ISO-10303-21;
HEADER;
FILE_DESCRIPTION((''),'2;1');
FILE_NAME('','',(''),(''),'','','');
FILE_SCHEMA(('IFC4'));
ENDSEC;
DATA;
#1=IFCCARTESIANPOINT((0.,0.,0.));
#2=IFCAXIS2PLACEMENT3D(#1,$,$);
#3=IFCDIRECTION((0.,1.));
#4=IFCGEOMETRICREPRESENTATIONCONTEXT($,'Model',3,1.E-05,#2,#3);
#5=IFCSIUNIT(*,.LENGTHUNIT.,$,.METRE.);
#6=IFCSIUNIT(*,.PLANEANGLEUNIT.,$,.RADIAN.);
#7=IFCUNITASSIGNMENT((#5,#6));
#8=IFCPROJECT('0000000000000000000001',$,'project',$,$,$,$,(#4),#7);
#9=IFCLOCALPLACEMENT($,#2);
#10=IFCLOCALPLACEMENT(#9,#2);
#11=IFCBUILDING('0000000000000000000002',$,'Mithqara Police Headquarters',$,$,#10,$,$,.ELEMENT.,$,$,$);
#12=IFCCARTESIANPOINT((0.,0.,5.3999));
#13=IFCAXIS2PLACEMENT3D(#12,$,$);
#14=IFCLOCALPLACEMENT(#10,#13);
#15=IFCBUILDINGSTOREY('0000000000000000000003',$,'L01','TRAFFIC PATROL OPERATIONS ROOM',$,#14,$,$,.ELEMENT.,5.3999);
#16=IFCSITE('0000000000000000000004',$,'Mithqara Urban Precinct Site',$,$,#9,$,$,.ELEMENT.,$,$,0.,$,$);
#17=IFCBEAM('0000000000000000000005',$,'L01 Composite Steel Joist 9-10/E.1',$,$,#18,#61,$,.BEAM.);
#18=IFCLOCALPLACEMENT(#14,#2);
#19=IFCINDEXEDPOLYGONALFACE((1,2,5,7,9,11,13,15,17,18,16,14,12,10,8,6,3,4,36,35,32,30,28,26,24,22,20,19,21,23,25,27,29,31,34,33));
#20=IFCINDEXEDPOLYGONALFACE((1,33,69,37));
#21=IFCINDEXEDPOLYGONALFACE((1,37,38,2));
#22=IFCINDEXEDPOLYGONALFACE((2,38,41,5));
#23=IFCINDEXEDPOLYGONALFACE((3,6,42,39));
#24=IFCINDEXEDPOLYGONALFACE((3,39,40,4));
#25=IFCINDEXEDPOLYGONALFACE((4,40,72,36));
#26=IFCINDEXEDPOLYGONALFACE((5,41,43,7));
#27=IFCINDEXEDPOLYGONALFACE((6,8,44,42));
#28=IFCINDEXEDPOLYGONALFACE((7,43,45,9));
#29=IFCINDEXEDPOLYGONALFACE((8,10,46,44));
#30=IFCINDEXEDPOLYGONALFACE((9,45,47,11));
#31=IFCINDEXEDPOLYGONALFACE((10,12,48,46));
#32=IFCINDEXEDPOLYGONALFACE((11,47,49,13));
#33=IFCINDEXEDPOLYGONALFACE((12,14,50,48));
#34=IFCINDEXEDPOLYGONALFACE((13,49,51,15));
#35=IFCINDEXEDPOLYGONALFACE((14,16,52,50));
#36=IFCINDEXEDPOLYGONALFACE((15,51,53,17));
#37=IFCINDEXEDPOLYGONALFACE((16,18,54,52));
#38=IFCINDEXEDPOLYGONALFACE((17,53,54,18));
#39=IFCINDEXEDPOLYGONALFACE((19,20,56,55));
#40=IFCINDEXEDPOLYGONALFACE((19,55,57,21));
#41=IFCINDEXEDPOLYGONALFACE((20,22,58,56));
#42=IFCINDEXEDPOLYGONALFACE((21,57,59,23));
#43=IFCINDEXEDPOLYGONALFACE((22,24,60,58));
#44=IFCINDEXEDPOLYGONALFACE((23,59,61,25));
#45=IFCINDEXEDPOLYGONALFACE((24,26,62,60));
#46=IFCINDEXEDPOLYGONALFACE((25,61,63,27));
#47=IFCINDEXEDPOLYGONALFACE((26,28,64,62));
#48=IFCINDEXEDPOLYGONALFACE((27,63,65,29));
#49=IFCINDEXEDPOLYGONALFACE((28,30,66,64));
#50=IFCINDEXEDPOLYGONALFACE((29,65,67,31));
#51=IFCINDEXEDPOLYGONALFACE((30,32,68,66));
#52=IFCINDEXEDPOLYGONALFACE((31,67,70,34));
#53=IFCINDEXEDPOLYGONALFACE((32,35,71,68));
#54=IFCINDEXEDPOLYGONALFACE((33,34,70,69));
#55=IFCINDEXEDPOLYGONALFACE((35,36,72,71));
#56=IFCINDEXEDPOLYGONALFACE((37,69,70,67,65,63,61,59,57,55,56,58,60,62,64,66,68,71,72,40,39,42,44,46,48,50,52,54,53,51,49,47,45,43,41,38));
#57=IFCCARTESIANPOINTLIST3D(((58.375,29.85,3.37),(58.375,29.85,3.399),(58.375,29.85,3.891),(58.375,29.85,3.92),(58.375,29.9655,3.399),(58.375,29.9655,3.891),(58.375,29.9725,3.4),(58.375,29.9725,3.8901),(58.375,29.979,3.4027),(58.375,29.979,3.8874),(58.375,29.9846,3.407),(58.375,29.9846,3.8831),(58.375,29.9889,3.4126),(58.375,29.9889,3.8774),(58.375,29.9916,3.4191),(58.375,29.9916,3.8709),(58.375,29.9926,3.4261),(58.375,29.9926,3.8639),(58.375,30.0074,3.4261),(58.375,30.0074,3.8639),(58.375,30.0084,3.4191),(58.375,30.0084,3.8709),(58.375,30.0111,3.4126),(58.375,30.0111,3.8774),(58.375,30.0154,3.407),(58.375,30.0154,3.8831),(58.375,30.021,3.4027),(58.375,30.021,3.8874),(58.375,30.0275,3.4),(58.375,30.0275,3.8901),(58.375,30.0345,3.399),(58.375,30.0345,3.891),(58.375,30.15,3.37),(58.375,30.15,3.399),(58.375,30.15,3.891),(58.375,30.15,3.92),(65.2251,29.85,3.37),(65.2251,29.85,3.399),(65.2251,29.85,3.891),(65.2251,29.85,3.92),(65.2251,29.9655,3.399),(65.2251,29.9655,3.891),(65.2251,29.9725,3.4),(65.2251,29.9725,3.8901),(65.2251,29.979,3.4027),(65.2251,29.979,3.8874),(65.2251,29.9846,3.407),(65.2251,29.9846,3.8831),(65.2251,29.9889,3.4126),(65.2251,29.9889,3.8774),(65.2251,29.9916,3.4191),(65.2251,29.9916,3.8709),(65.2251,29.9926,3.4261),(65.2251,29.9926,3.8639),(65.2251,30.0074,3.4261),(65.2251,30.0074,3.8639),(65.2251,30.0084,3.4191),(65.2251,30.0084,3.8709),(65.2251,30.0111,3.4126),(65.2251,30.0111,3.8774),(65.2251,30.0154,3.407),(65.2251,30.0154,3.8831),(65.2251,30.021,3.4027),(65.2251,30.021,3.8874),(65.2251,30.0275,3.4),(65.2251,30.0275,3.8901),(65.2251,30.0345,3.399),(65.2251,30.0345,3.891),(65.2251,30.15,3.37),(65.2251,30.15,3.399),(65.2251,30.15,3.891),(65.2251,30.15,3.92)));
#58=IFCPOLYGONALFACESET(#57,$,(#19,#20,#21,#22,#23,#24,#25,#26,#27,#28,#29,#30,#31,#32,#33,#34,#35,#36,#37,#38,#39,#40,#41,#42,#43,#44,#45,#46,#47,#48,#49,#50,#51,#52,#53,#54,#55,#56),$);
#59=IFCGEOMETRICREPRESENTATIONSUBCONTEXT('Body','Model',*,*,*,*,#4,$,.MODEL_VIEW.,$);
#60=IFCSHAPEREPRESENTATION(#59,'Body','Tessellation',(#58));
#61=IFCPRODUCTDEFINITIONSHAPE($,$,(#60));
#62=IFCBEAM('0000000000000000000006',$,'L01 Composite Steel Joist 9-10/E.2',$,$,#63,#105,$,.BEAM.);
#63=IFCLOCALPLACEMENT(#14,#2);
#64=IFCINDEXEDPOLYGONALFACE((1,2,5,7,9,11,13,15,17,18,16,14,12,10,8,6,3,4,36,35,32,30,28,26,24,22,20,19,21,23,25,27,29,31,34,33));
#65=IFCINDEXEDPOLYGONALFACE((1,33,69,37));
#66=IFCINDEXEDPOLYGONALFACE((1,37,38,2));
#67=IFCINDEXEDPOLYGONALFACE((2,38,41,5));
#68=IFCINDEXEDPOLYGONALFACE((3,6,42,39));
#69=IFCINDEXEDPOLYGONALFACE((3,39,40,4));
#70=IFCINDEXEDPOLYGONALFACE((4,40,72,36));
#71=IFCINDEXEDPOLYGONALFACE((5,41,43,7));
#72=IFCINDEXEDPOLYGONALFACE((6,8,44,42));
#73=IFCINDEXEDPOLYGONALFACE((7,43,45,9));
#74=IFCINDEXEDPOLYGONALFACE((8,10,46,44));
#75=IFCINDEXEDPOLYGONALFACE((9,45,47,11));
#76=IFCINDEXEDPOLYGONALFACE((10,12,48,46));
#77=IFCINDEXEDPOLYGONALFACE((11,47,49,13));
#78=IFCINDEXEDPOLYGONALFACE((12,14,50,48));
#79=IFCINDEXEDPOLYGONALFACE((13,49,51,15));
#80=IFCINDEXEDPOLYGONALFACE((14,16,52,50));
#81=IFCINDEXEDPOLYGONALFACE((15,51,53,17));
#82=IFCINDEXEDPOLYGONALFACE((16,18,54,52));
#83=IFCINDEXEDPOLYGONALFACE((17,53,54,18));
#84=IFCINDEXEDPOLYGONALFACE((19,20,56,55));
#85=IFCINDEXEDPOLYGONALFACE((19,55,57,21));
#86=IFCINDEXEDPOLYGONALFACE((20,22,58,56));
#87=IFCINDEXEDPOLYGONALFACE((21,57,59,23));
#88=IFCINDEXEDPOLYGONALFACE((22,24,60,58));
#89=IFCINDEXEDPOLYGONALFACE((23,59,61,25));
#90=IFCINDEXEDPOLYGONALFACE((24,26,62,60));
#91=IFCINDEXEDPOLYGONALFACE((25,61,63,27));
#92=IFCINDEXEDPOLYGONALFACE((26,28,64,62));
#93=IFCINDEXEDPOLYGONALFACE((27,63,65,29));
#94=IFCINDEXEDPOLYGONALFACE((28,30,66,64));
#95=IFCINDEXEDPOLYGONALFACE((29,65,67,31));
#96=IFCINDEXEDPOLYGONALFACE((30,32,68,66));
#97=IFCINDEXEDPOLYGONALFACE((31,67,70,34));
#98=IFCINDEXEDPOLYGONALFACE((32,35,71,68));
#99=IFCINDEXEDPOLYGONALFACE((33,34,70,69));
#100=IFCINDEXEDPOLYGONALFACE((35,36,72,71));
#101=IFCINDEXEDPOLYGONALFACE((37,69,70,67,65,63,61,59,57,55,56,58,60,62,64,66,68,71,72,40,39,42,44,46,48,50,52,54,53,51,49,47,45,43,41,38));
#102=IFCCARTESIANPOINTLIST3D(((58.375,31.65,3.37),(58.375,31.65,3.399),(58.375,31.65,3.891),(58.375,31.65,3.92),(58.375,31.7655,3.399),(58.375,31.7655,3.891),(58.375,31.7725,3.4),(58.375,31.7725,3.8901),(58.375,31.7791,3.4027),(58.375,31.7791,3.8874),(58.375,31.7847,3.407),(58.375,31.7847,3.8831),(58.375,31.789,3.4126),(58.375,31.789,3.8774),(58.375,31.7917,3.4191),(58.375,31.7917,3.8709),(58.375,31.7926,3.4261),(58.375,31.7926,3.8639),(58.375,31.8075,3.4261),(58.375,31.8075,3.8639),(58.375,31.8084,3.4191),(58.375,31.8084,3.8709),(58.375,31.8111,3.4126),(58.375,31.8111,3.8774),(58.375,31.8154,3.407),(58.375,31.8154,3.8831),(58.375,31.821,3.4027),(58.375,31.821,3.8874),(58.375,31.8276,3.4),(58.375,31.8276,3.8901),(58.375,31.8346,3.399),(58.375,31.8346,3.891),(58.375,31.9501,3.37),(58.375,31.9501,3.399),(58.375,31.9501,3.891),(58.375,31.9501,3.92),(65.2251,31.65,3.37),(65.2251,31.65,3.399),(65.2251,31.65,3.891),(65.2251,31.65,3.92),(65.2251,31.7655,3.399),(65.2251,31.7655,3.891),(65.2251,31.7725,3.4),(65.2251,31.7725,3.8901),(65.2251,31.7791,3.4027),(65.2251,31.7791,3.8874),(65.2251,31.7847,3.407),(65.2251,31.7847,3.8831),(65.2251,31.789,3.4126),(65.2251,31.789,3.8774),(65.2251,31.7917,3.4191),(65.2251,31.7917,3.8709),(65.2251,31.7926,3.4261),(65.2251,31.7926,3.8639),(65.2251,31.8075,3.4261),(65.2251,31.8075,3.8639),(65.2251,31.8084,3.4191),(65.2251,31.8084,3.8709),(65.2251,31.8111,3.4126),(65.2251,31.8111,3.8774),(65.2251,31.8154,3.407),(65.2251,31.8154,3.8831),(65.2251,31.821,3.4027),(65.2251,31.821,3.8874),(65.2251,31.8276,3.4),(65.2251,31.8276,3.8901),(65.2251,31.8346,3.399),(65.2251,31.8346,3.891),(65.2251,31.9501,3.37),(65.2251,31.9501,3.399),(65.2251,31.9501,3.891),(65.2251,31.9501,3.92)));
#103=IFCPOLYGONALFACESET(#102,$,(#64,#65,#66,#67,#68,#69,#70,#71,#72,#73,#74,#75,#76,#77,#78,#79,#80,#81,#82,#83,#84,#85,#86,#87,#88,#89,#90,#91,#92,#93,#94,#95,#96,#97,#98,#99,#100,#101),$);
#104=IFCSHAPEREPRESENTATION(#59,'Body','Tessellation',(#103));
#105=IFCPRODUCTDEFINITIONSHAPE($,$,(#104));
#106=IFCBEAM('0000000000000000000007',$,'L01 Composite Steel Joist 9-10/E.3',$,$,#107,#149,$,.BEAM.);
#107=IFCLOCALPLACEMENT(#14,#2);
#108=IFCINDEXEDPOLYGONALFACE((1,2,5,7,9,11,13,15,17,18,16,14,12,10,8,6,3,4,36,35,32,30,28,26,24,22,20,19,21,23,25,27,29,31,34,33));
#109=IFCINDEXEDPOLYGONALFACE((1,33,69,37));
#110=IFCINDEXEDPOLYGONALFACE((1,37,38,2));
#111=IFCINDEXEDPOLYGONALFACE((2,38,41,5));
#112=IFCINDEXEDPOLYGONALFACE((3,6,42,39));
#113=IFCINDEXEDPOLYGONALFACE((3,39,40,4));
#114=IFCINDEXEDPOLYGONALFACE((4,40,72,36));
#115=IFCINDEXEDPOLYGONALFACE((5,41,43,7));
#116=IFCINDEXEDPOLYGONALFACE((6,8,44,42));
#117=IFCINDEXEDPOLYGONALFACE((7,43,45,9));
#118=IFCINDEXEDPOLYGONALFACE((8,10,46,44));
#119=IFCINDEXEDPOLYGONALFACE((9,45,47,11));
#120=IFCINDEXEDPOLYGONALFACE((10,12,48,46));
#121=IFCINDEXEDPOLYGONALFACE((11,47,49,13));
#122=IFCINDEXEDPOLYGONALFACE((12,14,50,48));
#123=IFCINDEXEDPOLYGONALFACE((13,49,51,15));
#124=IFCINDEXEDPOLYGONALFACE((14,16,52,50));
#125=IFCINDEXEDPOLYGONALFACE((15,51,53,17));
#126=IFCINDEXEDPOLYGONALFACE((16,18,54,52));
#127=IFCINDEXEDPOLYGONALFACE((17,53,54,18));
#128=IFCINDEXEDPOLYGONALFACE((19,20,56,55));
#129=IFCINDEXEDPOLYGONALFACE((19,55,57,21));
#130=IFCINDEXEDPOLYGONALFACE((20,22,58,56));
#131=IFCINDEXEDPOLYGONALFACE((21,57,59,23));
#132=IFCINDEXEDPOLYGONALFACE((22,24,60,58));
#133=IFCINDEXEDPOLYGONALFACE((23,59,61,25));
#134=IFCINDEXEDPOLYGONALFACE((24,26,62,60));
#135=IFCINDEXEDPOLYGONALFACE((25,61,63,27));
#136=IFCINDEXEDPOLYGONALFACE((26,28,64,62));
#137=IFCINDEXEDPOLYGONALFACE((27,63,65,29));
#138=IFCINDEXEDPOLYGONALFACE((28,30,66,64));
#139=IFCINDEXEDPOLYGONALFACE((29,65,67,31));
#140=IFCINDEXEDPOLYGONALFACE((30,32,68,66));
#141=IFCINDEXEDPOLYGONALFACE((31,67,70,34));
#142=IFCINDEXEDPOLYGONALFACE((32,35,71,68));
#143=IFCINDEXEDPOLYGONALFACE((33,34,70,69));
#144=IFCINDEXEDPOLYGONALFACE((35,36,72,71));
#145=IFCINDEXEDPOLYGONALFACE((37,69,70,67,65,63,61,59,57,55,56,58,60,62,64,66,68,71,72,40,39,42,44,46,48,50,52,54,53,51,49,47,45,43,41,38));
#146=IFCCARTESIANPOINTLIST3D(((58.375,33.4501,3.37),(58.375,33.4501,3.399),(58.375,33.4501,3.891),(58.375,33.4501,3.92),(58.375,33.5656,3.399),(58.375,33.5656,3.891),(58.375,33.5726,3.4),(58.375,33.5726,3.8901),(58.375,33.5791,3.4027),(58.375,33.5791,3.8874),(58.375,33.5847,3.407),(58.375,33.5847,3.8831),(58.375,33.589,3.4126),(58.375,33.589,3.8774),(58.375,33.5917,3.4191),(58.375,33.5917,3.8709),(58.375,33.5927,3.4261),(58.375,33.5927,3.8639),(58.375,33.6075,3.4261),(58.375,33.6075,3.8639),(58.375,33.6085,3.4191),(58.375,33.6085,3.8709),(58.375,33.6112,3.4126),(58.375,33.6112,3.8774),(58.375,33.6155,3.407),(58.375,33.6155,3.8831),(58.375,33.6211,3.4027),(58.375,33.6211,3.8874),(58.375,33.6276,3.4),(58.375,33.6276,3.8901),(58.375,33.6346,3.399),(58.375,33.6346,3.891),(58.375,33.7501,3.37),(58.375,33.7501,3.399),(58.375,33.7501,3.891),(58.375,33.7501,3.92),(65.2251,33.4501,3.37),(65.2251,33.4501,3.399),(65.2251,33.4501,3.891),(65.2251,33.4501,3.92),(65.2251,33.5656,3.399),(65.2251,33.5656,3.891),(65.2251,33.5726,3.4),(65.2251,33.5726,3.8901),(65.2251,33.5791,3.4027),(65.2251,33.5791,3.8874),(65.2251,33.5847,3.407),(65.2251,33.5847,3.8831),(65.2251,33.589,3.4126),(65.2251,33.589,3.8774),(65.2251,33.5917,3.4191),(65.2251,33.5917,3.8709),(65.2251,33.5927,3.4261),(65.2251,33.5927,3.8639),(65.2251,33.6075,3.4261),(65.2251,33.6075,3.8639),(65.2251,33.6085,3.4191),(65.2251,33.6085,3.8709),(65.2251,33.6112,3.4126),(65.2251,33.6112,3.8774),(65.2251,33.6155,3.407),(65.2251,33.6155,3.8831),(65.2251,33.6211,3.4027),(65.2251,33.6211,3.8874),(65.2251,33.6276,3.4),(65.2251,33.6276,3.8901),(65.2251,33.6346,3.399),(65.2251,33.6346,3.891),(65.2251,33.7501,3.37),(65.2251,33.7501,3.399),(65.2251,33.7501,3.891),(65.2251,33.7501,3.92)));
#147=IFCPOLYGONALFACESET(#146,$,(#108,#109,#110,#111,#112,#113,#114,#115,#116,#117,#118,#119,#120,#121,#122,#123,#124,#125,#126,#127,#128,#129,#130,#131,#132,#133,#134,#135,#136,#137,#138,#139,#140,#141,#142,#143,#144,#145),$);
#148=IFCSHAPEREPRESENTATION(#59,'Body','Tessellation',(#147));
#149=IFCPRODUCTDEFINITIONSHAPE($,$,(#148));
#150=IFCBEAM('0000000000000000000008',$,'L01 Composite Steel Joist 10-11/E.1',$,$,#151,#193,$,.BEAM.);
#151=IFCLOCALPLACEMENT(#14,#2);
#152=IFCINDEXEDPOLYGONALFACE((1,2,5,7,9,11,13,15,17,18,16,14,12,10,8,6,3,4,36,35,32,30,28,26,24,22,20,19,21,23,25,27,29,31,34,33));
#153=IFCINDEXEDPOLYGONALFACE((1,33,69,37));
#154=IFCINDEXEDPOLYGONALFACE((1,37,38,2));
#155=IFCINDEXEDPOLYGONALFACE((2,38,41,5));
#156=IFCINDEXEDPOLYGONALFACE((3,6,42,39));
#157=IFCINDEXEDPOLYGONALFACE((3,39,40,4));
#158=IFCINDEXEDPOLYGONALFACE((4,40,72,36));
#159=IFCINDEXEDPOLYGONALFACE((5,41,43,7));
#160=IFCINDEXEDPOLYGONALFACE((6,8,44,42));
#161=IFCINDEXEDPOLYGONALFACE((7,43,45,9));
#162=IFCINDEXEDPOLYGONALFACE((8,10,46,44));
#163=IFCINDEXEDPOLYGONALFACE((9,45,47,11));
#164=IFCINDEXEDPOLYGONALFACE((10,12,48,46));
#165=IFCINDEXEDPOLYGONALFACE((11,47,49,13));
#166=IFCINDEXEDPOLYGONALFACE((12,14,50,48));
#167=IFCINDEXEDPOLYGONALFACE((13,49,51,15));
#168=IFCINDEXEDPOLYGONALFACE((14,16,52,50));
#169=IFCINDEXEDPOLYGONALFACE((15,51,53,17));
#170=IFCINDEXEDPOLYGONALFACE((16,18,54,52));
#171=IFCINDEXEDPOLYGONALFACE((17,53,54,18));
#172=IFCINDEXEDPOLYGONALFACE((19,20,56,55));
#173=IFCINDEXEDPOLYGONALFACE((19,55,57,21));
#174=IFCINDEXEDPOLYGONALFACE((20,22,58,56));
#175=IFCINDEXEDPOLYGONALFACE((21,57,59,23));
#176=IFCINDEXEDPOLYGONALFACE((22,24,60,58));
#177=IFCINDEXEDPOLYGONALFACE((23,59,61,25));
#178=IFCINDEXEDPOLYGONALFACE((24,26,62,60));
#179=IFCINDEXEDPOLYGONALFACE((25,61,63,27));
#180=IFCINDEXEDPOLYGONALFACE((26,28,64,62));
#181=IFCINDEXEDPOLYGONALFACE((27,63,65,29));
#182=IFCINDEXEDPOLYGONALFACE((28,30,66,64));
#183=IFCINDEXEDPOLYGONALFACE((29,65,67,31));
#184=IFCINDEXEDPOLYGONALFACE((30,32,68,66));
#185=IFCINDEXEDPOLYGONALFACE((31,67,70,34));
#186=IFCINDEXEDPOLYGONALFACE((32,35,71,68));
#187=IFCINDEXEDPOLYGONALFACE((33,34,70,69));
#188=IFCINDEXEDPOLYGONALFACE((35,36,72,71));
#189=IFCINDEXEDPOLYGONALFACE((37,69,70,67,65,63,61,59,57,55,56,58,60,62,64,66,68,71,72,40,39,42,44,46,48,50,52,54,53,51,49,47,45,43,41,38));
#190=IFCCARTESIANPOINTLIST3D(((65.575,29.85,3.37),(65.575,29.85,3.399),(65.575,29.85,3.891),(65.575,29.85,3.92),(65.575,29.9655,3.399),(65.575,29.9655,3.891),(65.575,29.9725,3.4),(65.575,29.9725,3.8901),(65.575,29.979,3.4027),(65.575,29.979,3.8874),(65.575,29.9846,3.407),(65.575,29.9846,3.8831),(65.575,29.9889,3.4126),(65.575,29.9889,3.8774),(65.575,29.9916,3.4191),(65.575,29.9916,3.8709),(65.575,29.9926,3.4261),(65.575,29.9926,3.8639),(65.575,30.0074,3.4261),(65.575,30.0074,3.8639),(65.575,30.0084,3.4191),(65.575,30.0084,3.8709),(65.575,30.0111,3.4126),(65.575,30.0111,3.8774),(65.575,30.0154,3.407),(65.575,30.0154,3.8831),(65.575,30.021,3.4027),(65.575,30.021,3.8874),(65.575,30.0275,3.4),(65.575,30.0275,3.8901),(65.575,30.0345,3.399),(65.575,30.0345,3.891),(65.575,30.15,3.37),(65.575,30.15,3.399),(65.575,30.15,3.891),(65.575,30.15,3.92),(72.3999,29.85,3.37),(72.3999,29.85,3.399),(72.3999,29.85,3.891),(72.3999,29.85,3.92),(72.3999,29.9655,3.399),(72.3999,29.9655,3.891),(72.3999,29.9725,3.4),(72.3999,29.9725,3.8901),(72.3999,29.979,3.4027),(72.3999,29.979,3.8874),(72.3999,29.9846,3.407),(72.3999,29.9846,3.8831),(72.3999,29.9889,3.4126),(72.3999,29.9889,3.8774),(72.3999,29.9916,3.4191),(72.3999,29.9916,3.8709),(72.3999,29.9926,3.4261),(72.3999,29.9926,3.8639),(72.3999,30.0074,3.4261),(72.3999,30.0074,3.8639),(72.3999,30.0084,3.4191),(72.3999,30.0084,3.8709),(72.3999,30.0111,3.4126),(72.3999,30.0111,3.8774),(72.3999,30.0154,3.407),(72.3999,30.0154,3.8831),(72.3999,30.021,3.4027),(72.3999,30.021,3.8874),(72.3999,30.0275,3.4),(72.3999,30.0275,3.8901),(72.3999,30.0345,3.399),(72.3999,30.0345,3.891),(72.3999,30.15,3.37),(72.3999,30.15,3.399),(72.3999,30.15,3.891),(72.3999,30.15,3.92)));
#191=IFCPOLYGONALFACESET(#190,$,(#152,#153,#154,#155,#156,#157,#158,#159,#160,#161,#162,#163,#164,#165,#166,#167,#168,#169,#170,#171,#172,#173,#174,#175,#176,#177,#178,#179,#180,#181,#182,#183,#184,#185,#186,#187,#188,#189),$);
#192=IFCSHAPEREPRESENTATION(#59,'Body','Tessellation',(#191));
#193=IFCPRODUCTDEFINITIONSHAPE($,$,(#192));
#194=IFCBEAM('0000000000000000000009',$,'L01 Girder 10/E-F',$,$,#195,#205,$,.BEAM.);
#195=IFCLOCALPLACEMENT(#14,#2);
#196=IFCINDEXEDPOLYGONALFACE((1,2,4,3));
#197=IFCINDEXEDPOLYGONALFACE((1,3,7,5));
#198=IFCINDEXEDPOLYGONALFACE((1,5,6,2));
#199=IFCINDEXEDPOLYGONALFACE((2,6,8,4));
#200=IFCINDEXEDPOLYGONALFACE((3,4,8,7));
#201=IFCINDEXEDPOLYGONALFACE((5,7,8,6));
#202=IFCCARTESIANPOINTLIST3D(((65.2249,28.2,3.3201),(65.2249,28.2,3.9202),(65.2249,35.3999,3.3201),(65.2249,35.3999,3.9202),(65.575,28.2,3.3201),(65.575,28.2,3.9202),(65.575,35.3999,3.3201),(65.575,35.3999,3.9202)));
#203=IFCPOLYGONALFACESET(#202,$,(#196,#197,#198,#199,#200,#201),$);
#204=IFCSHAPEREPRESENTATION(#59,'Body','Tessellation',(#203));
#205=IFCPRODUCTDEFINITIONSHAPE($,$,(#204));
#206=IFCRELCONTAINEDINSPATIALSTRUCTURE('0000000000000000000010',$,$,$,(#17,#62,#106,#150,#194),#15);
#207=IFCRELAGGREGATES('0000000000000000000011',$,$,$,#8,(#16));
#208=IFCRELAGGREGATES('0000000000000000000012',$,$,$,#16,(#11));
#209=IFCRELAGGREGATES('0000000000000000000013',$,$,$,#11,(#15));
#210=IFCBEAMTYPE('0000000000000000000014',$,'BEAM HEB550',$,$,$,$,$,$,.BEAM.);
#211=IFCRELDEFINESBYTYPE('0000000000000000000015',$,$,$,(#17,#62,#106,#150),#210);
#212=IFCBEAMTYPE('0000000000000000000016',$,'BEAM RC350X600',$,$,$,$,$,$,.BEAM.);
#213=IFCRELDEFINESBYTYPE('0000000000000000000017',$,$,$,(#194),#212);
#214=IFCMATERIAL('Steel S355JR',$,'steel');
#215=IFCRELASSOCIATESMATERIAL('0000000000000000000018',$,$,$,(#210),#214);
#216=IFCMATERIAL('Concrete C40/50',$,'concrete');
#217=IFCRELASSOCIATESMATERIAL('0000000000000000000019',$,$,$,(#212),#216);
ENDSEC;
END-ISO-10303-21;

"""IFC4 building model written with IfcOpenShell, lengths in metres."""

from ifc_helpers import new_model, si_unit, direction, frame, origin, origin_2d, place, context, subcontext, project, spatial, rectangle, i_section, extrude, material, material_profile, profile_set, type_object, element, save


model = new_model("IFC4")

# Units and contexts
model_context = context("Model", 3, precision=1e-05, world=origin(), true_north=direction((0.0, 1.0)))
body_context = subcontext(model_context, "Body", "Model", "MODEL_VIEW")
ifc_project = project(units=[si_unit("LENGTHUNIT", "METRE"), si_unit("PLANEANGLEUNIT", "RADIAN")], contexts=[model_context])

# Site, building, storey
site_placement = place(None, origin())
site = spatial("IfcSite", under=ifc_project, at=site_placement, Name="Mithqara Urban Precinct Site", CompositionType="ELEMENT", RefElevation=0.0)
building_placement = place(site_placement, origin())
building = spatial("IfcBuilding", under=site, at=building_placement, Name="Mithqara Police Headquarters", CompositionType="ELEMENT")
storey_placement = place(building_placement, frame((0.0, 0.0, 5.3999)))
storey = spatial("IfcBuildingStorey", under=building, at=storey_placement, Name="L01", Description="TRAFFIC PATROL OPERATIONS ROOM", CompositionType="ELEMENT", Elevation=5.3999)

# Beams
ifc_material_1 = material(Name="Steel S355JR", Category="steel")
ifc_material_profile_1 = material_profile(ifc_material_1, i_section(OverallWidth=0.3, OverallDepth=0.55, WebThickness=0.0149, FlangeThickness=0.0291, FilletRadius=0.0271, at=origin_2d()), Name="HEB 550")
ifc_profile_set_1 = profile_set([ifc_material_profile_1], Name="Steel S355JR")
beam_type_1 = type_object("IfcBeamType", Name="BEAM HEB550", PredefinedType="BEAM", material=ifc_profile_set_1)
for number, where, z_axis, x_axis, name in (
    (1, (58.375, 30.0, 3.645), (1.0, 0.0, 0.0), (0.0, 1.0, 0.0), "L01 Composite Steel Joist 9-10/E.1"),
    (2, (58.375, 31.8, 3.645), (1.0, 0.0, 0.0), (0.0, 1.0, 0.0), "L01 Composite Steel Joist 9-10/E.2"),
    (3, (58.375, 33.6001, 3.645), (1.0, 0.0, 0.0), (0.0, 1.0, 0.0), "L01 Composite Steel Joist 9-10/E.3"),
):
    element("IfcBeam", number, at=place(storey_placement, frame(where, z_axis=z_axis, x_axis=x_axis)), inside=storey, type_object=beam_type_1, Name=name, PredefinedType="BEAM", context=body_context, shape_type="SweptSolid", body=[
        extrude(i_section(OverallWidth=0.3, OverallDepth=0.55, WebThickness=0.0149, FlangeThickness=0.0291, FilletRadius=0.0271, at=origin_2d()), origin(), (0.0, 0.0, 1.0), 6.8501),
    ])
beam_1_placement = place(storey_placement, frame((65.575, 30.0, 3.645), z_axis=(1.0, 0.0, 0.0), x_axis=(0.0, 1.0, 0.0)))
element("IfcBeam", 4, at=beam_1_placement, inside=storey, type_object=beam_type_1, Name="L01 Composite Steel Joist 10-11/E.1", PredefinedType="BEAM", context=body_context, shape_type="SweptSolid", body=[
    extrude(i_section(OverallWidth=0.3, OverallDepth=0.55, WebThickness=0.0149, FlangeThickness=0.0291, FilletRadius=0.0271, at=origin_2d()), origin(), (0.0, 0.0, 1.0), 6.825),
])
ifc_material_2 = material(Name="Concrete C40/50", Category="concrete")
ifc_material_profile_2 = material_profile(ifc_material_2, rectangle(XDim=0.3501, YDim=0.6001, at=origin_2d()), Name="RC 350x600")
ifc_profile_set_2 = profile_set([ifc_material_profile_2], Name="Concrete C40/50")
beam_type_2 = type_object("IfcBeamType", Name="BEAM RC350X600", PredefinedType="BEAM", material=ifc_profile_set_2)
beam_2_placement = place(storey_placement, frame((65.3999, 28.2, 3.6201), z_axis=(0.0, 1.0, 0.0), x_axis=(-1.0, 0.0, 0.0)))
element("IfcBeam", 5, at=beam_2_placement, inside=storey, type_object=beam_type_2, Name="L01 Girder 10/E-F", PredefinedType="BEAM", context=body_context, shape_type="SweptSolid", body=[
    extrude(rectangle(XDim=0.3501, YDim=0.6001, at=origin_2d()), origin(), (0.0, 0.0, 1.0), 7.2),
])

save(model, "model.ifc")
